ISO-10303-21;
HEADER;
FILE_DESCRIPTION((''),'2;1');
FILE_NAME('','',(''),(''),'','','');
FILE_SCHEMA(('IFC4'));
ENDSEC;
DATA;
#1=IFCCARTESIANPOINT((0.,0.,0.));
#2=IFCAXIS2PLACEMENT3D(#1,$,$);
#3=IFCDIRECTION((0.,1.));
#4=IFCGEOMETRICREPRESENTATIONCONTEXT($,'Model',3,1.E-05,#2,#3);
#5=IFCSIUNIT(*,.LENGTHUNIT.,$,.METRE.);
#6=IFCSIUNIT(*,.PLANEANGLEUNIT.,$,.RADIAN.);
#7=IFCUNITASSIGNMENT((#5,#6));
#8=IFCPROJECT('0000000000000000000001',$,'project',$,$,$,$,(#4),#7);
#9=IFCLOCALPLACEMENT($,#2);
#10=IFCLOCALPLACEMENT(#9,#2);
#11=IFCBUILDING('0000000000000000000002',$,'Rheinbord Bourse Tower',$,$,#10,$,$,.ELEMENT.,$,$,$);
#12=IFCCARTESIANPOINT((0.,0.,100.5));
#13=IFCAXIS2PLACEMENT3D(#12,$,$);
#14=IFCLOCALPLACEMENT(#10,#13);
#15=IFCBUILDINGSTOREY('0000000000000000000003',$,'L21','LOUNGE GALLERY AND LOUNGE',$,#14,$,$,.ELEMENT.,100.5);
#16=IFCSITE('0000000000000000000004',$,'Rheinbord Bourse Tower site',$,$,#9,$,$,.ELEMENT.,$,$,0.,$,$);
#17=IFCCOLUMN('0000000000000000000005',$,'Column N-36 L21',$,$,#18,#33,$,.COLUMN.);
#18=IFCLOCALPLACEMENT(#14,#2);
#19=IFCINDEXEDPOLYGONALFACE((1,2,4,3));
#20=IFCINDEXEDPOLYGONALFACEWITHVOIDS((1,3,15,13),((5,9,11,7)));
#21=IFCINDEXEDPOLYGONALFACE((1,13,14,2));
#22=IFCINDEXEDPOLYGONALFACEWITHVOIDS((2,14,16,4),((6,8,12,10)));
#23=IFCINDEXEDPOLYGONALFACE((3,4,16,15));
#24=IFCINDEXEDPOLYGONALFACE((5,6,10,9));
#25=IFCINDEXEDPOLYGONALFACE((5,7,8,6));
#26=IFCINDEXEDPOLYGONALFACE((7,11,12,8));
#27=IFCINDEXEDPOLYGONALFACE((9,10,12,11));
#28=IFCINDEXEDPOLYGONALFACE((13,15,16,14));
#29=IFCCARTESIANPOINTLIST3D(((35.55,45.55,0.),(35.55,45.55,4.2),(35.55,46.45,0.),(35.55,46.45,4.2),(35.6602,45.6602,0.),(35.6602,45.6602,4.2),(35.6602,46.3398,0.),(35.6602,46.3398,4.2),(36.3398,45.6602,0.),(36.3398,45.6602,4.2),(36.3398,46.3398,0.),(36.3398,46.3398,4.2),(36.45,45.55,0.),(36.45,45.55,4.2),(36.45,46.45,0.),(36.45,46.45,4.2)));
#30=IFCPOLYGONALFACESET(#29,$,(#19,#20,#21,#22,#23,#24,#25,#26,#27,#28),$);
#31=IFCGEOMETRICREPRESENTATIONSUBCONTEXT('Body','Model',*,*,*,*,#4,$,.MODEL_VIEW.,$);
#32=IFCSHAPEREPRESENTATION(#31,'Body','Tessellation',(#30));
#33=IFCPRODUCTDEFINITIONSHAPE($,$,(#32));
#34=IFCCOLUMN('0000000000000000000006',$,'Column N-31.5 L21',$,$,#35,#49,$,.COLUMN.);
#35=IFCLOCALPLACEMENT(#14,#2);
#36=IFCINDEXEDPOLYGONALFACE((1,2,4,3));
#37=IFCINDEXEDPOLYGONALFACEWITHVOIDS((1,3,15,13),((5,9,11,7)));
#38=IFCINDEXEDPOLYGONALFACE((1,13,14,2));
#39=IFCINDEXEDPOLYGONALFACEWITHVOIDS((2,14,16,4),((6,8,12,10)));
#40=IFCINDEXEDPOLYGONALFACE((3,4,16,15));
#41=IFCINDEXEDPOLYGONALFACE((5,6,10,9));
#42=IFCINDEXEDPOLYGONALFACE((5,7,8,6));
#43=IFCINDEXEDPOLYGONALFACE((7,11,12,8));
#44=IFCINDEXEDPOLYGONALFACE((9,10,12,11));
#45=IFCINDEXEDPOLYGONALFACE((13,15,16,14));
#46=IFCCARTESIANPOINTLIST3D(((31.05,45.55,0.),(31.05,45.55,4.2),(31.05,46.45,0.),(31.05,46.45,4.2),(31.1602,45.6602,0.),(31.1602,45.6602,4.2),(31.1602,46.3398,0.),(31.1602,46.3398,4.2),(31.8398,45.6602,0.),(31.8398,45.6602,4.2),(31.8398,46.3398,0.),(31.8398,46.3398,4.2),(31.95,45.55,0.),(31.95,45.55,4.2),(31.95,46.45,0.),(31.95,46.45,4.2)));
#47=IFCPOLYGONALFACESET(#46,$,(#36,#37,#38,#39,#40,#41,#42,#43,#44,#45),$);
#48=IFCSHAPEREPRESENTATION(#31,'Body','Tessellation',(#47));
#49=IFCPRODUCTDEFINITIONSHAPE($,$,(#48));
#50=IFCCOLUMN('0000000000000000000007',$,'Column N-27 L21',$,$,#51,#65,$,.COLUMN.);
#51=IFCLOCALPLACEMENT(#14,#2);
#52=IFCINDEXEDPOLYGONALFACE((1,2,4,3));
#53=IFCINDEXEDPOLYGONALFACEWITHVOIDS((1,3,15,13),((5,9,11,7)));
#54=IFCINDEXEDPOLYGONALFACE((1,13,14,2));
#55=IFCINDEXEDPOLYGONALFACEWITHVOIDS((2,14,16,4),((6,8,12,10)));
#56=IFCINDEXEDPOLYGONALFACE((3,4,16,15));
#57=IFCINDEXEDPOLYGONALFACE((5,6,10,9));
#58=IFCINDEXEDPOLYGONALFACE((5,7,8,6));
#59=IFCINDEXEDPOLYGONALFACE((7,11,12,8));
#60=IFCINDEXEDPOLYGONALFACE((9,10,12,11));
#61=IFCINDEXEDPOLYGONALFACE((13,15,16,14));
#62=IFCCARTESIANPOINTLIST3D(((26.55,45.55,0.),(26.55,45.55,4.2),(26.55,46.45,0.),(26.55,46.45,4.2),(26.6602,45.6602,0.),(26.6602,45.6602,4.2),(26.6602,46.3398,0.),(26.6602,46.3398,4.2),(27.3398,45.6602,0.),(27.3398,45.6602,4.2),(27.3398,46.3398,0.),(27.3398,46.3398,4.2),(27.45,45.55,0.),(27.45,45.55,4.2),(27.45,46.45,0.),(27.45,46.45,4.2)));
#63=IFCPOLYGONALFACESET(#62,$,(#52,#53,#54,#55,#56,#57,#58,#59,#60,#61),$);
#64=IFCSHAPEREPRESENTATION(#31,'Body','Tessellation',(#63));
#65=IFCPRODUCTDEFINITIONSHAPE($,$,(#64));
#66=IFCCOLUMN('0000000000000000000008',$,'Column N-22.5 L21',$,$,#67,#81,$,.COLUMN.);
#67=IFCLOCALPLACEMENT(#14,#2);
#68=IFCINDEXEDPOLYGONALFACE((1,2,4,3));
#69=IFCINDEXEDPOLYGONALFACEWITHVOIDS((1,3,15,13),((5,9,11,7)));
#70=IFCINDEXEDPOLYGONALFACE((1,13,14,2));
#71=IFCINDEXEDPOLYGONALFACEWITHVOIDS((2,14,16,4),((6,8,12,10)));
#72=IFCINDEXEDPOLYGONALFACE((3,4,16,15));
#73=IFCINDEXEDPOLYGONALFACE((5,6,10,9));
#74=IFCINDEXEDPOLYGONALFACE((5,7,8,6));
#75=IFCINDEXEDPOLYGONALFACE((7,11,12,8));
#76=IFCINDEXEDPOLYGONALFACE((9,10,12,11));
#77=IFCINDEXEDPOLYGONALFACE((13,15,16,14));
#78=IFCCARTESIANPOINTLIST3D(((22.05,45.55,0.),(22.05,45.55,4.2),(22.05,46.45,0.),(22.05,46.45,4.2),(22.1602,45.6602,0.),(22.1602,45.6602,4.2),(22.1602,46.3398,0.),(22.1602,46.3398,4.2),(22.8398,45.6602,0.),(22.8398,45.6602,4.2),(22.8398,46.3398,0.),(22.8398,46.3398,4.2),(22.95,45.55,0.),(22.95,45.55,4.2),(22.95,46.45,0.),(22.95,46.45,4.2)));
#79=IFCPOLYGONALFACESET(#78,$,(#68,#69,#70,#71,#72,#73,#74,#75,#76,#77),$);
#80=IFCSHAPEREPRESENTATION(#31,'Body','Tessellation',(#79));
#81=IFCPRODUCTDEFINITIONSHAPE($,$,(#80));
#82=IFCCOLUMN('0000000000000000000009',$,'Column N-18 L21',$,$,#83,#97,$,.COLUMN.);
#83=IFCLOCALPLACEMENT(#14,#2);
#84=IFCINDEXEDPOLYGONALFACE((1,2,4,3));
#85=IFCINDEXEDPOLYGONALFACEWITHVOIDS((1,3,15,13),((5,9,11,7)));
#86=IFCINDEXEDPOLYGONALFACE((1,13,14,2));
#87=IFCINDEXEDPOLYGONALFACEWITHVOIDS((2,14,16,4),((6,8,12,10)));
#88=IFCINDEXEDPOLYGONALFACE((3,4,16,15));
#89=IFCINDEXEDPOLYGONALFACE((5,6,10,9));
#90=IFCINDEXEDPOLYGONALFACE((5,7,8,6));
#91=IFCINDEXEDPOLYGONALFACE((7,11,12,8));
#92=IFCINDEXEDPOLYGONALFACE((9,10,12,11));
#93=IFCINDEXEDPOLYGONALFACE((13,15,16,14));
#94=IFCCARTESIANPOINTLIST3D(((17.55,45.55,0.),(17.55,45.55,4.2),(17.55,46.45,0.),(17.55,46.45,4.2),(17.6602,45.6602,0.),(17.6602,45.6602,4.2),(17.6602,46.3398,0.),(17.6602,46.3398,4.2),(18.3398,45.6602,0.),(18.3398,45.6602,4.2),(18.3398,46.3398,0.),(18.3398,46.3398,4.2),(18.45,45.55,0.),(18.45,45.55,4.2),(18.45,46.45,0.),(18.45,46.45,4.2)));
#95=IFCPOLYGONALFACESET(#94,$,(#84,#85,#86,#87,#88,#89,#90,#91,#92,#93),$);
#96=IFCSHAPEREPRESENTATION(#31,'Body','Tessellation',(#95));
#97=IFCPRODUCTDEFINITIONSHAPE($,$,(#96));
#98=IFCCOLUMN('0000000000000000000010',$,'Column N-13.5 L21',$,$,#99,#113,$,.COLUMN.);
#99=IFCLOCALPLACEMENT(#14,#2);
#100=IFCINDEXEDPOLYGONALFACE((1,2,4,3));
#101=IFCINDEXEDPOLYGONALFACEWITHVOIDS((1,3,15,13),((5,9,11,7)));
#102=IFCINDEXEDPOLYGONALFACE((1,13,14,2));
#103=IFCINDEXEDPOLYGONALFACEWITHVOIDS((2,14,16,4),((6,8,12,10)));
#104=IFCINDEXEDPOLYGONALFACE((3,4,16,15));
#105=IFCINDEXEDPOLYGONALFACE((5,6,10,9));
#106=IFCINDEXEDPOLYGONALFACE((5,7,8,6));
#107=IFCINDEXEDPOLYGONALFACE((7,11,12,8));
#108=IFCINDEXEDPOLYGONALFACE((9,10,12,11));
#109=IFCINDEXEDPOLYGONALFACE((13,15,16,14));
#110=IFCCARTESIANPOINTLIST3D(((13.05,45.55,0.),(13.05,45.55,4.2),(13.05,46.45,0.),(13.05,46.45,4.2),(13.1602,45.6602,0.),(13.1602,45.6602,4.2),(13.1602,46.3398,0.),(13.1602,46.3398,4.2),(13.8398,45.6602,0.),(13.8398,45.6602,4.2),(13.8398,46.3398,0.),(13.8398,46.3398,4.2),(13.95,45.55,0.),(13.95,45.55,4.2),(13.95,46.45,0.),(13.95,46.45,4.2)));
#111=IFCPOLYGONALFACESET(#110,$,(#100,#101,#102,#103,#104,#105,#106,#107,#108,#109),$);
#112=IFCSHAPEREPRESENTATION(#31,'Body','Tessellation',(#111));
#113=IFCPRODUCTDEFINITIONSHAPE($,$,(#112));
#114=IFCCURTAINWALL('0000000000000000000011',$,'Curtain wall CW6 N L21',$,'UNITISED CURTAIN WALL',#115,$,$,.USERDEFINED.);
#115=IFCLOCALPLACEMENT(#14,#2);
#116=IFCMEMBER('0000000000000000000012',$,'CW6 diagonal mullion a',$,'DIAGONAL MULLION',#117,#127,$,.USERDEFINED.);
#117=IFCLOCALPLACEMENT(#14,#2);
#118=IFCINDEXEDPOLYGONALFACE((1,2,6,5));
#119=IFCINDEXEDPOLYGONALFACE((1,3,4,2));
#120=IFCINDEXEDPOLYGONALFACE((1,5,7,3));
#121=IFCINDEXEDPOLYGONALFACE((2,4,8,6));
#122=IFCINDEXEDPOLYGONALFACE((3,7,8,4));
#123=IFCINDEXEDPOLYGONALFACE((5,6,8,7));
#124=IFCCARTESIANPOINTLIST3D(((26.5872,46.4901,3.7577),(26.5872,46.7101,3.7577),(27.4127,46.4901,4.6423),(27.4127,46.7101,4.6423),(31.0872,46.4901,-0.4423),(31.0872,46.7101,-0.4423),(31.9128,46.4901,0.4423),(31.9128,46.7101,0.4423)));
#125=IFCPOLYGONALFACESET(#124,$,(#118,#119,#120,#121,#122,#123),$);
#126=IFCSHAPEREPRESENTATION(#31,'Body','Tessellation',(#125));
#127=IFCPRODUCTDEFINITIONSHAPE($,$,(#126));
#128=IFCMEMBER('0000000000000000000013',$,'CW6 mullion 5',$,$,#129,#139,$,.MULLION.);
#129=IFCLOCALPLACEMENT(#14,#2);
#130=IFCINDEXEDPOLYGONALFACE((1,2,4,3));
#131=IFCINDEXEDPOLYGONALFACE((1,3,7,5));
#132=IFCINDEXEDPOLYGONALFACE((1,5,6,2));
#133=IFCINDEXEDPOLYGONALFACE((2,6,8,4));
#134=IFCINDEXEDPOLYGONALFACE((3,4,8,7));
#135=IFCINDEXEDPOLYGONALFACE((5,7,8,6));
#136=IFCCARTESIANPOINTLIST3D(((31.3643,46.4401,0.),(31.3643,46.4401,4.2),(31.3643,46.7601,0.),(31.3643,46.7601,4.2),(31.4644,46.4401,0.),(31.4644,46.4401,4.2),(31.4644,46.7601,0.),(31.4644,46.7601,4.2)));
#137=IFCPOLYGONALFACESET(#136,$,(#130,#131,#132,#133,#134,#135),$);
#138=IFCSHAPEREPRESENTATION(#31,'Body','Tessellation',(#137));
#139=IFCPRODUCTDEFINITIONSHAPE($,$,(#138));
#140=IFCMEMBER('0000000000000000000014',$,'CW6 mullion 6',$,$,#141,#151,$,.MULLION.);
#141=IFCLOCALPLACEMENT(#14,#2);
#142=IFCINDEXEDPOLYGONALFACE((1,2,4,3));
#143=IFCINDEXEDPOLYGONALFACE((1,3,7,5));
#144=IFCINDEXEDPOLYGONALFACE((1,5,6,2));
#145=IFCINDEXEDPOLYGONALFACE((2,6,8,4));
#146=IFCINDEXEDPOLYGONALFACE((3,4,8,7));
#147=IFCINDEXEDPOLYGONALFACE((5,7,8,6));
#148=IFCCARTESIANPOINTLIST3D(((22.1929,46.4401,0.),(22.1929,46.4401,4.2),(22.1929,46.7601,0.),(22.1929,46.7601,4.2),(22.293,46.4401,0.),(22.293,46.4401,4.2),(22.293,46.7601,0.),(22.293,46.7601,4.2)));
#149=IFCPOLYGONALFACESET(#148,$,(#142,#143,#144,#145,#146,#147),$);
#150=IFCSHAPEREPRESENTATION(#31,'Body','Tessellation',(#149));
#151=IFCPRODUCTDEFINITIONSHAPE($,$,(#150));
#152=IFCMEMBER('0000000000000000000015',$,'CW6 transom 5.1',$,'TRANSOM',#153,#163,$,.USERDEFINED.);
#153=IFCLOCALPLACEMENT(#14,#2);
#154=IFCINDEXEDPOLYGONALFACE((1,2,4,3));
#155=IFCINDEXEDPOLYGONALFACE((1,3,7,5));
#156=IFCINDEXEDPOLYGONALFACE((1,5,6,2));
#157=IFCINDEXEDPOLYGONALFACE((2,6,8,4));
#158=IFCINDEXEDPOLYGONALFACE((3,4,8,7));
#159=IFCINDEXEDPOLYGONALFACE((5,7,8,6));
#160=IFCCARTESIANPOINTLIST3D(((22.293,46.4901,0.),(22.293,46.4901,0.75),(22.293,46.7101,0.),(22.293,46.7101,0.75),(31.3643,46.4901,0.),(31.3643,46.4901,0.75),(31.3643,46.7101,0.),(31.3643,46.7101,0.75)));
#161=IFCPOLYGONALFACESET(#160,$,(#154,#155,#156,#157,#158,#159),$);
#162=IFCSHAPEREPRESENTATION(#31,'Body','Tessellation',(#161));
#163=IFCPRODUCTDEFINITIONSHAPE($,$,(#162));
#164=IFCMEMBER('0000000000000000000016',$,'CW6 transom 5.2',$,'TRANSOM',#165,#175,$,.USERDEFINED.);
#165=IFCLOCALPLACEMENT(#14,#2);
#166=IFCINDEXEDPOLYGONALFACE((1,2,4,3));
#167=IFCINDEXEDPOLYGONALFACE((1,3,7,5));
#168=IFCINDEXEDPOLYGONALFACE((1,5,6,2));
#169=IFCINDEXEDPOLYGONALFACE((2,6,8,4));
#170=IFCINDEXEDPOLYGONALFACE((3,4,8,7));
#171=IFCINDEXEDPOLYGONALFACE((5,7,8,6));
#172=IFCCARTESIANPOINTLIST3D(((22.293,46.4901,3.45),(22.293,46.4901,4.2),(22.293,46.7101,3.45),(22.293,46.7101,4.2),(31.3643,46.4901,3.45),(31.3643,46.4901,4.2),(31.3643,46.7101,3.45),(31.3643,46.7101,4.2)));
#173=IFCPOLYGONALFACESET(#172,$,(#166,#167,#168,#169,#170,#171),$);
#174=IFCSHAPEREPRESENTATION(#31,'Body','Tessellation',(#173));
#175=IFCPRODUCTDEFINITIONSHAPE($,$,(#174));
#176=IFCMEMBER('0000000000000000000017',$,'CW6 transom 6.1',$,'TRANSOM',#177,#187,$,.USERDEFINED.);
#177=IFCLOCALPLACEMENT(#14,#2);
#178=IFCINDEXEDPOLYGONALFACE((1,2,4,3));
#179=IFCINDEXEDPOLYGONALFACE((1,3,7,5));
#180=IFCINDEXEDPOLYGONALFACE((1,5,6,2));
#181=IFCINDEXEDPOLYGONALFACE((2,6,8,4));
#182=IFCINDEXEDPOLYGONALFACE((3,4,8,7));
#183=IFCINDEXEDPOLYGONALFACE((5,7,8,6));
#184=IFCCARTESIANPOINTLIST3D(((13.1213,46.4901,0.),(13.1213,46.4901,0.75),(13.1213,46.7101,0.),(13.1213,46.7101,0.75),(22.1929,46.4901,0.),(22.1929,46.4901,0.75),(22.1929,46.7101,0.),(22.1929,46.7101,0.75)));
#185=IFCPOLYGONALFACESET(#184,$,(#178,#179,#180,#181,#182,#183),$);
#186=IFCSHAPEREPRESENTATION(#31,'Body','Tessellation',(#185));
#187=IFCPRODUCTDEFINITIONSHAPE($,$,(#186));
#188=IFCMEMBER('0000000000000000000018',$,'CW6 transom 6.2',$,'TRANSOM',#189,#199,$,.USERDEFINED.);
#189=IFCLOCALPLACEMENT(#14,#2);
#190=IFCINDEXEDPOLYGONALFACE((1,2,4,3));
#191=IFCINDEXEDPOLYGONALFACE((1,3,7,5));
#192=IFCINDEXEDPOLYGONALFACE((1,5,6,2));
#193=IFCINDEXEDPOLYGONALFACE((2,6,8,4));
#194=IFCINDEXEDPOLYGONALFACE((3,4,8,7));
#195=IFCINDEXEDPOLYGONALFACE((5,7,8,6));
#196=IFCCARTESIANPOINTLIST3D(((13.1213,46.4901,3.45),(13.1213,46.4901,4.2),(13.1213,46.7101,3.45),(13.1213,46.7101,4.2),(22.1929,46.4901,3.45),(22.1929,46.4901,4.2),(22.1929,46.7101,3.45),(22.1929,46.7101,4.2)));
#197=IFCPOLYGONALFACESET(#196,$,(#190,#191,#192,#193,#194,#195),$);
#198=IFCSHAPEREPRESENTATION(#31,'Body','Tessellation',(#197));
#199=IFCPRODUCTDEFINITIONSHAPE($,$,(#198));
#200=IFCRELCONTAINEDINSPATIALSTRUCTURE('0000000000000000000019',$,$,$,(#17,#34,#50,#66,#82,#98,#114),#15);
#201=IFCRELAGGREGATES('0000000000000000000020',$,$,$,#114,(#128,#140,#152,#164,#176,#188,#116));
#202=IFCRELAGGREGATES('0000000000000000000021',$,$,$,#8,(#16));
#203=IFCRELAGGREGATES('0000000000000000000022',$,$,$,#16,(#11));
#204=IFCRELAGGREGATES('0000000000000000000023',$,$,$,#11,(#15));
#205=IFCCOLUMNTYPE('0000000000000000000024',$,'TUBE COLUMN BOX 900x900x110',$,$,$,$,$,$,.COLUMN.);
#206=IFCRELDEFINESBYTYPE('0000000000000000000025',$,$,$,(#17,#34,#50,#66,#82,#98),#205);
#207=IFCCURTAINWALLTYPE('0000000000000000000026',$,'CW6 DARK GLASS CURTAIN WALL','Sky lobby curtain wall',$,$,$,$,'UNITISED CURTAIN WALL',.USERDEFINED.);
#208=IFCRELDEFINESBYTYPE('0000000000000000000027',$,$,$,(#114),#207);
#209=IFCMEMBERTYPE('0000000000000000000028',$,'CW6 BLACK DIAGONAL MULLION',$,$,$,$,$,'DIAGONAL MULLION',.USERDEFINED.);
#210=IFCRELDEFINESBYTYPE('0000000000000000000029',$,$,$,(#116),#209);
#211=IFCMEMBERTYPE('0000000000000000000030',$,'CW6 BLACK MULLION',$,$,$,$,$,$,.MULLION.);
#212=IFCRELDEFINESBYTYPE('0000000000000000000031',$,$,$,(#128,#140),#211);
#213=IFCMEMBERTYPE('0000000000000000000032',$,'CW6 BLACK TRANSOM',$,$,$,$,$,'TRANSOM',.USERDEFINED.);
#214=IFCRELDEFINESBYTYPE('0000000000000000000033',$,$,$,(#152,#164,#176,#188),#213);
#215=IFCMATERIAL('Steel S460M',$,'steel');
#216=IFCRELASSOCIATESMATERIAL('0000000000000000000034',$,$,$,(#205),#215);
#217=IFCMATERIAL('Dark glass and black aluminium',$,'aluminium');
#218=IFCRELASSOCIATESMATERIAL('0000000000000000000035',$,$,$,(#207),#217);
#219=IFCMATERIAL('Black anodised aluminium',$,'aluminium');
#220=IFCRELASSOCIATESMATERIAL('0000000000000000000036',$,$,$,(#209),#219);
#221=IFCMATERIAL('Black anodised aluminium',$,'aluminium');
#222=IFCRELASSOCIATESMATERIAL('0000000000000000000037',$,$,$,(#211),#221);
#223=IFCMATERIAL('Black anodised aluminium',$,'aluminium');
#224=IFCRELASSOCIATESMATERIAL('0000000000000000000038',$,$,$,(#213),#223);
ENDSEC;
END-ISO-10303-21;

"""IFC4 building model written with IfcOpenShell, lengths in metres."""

from ifc_helpers import new_model, si_unit, direction, frame, origin, origin_2d, place, context, subcontext, project, spatial, rectangle, hollow_rectangle, extrude, material, material_profile, profile_set, type_object, element, aggregate, save


model = new_model("IFC4")

# Units and contexts
model_context = context("Model", 3, precision=1e-05, world=origin(), true_north=direction((0.0, 1.0)))
body_context = subcontext(model_context, "Body", "Model", "MODEL_VIEW")
ifc_project = project(units=[si_unit("LENGTHUNIT", "METRE"), si_unit("PLANEANGLEUNIT", "RADIAN")], contexts=[model_context])

# Site, building, storey
site_placement = place(None, origin())
site = spatial("IfcSite", under=ifc_project, at=site_placement, Name="Rheinbord Bourse Tower site", CompositionType="ELEMENT", RefElevation=0.0)
building_placement = place(site_placement, origin())
building = spatial("IfcBuilding", under=site, at=building_placement, Name="Rheinbord Bourse Tower", CompositionType="ELEMENT")
storey_placement = place(building_placement, frame((0.0, 0.0, 100.5)))
storey = spatial("IfcBuildingStorey", under=building, at=storey_placement, Name="L21", Description="LOUNGE GALLERY AND LOUNGE", CompositionType="ELEMENT", Elevation=100.5)

# Columns
ifc_material_1 = material(Name="Steel S460M", Category="steel")
ifc_material_profile_1 = material_profile(ifc_material_1, hollow_rectangle(XDim=0.8999, YDim=0.8999, WallThickness=0.1101, at=origin_2d()), Name="BOX 900x900x110")
ifc_profile_set_1 = profile_set([ifc_material_profile_1], Name="Steel S460M")
column_type = type_object("IfcColumnType", Name="TUBE COLUMN BOX 900x900x110", PredefinedType="COLUMN", material=ifc_profile_set_1)
for number, where, z_axis, x_axis, name in (
    (1, (36.0, 46.0, 0.0), (0.0, 0.0, 1.0), (0.0, 1.0, 0.0), "Column N-36 L21"),
    (2, (31.5, 46.0, 0.0), (0.0, 0.0, 1.0), (0.0, 1.0, 0.0), "Column N-31.5 L21"),
    (3, (27.0, 46.0, 0.0), (0.0, 0.0, 1.0), (0.0, 1.0, 0.0), "Column N-27 L21"),
    (4, (22.5, 46.0, 0.0), (0.0, 0.0, 1.0), (0.0, 1.0, 0.0), "Column N-22.5 L21"),
    (5, (18.0, 46.0, 0.0), (0.0, 0.0, 1.0), (0.0, 1.0, 0.0), "Column N-18 L21"),
    (6, (13.5, 46.0, 0.0), (0.0, 0.0, 1.0), (0.0, 1.0, 0.0), "Column N-13.5 L21"),
):
    element("IfcColumn", number, at=place(storey_placement, frame(where, z_axis=z_axis, x_axis=x_axis)), inside=storey, type_object=column_type, Name=name, PredefinedType="COLUMN", context=body_context, shape_type="SweptSolid", body=[
        extrude(hollow_rectangle(XDim=0.8999, YDim=0.8999, WallThickness=0.1101, at=origin_2d()), origin(), (0.0, 0.0, 1.0), 4.2),
    ])

# Curtain wall, members
ifc_material_2 = material(Name="Dark glass and black aluminium", Category="aluminium")
curtain_wall_type = type_object("IfcCurtainWallType", Name="CW6 DARK GLASS CURTAIN WALL", Description="Sky lobby curtain wall", ElementType="UNITISED CURTAIN WALL", PredefinedType="USERDEFINED", material=ifc_material_2)
curtain_wall_placement = place(storey_placement, origin())
curtain_wall = element("IfcCurtainWall", 7, at=curtain_wall_placement, inside=storey, type_object=curtain_wall_type, Name="Curtain wall CW6 N L21", ObjectType="UNITISED CURTAIN WALL", PredefinedType="USERDEFINED")
ifc_material_3 = material(Name="Black anodised aluminium", Category="aluminium")
ifc_material_profile_2 = material_profile(ifc_material_3, rectangle(XDim=0.22, YDim=1.21, at=origin_2d()), Name="CW6 DIAGONAL MULLION 1210x220")
ifc_profile_set_2 = profile_set([ifc_material_profile_2], Name="Black anodised aluminium")
member_type_1 = type_object("IfcMemberType", Name="CW6 BLACK DIAGONAL MULLION", ElementType="DIAGONAL MULLION", PredefinedType="USERDEFINED", material=ifc_profile_set_2)
member_1_placement = place(storey_placement, frame((31.5, 46.6001, 0.0), z_axis=(-0.731059, 0.0, 0.682314), x_axis=(0.0, -1.0, 0.0)))
member_1 = element("IfcMember", 8, at=member_1_placement, type_object=member_type_1, Name="CW6 diagonal mullion a", ObjectType="DIAGONAL MULLION", PredefinedType="USERDEFINED", context=body_context, shape_type="SweptSolid", body=[
    extrude(rectangle(XDim=0.22, YDim=1.21, at=origin_2d()), origin(), (0.0, 0.0, 1.0), 6.1555),
])
ifc_material_4 = material(Name="Black anodised aluminium", Category="aluminium")
ifc_material_profile_3 = material_profile(ifc_material_4, rectangle(XDim=0.3201, YDim=0.1001, at=origin_2d()), Name="CW6 MULLION 100x320")
ifc_profile_set_3 = profile_set([ifc_material_profile_3], Name="Black anodised aluminium")
member_type_2 = type_object("IfcMemberType", Name="CW6 BLACK MULLION", PredefinedType="MULLION", material=ifc_profile_set_3)
member_2_placement = place(storey_placement, frame((31.4143, 46.6001, 0.0), z_axis=(0.0, 0.0, 1.0), x_axis=(0.0, -1.0, 0.0)))
member_2 = element("IfcMember", 9, at=member_2_placement, type_object=member_type_2, Name="CW6 mullion 5", PredefinedType="MULLION", context=body_context, shape_type="SweptSolid", body=[
    extrude(rectangle(XDim=0.3201, YDim=0.1001, at=origin_2d()), origin(), (0.0, 0.0, 1.0), 4.2),
])
member_3_placement = place(storey_placement, frame((22.2429, 46.6001, 0.0), z_axis=(0.0, 0.0, 1.0), x_axis=(0.0, -1.0, 0.0)))
member_3 = element("IfcMember", 10, at=member_3_placement, type_object=member_type_2, Name="CW6 mullion 6", PredefinedType="MULLION", context=body_context, shape_type="SweptSolid", body=[
    extrude(rectangle(XDim=0.3201, YDim=0.1001, at=origin_2d()), origin(), (0.0, 0.0, 1.0), 4.2),
])
ifc_material_5 = material(Name="Black anodised aluminium", Category="aluminium")
ifc_material_profile_4 = material_profile(ifc_material_5, rectangle(XDim=0.22, YDim=0.75, at=origin_2d()), Name="CW6 TRANSOM 750x220")
ifc_profile_set_4 = profile_set([ifc_material_profile_4], Name="Black anodised aluminium")
member_type_3 = type_object("IfcMemberType", Name="CW6 BLACK TRANSOM", ElementType="TRANSOM", PredefinedType="USERDEFINED", material=ifc_profile_set_4)
member_4_placement = place(storey_placement, frame((31.3643, 46.6001, 0.375), z_axis=(-1.0, 0.0, 0.0), x_axis=(0.0, -1.0, 0.0)))
member_4 = element("IfcMember", 11, at=member_4_placement, type_object=member_type_3, Name="CW6 transom 5.1", ObjectType="TRANSOM", PredefinedType="USERDEFINED", context=body_context, shape_type="SweptSolid", body=[
    extrude(rectangle(XDim=0.22, YDim=0.75, at=origin_2d()), origin(), (0.0, 0.0, 1.0), 9.0713),
])
member_5_placement = place(storey_placement, frame((31.3643, 46.6001, 3.825), z_axis=(-1.0, 0.0, 0.0), x_axis=(0.0, -1.0, 0.0)))
member_5 = element("IfcMember", 12, at=member_5_placement, type_object=member_type_3, Name="CW6 transom 5.2", ObjectType="TRANSOM", PredefinedType="USERDEFINED", context=body_context, shape_type="SweptSolid", body=[
    extrude(rectangle(XDim=0.22, YDim=0.75, at=origin_2d()), origin(), (0.0, 0.0, 1.0), 9.0713),
])
member_6_placement = place(storey_placement, frame((22.1929, 46.6001, 0.375), z_axis=(-1.0, 0.0, 0.0), x_axis=(0.0, -1.0, 0.0)))
member_6 = element("IfcMember", 13, at=member_6_placement, type_object=member_type_3, Name="CW6 transom 6.1", ObjectType="TRANSOM", PredefinedType="USERDEFINED", context=body_context, shape_type="SweptSolid", body=[
    extrude(rectangle(XDim=0.22, YDim=0.75, at=origin_2d()), origin(), (0.0, 0.0, 1.0), 9.0715),
])
member_7_placement = place(storey_placement, frame((22.1929, 46.6001, 3.825), z_axis=(-1.0, 0.0, 0.0), x_axis=(0.0, -1.0, 0.0)))
member_7 = element("IfcMember", 14, at=member_7_placement, type_object=member_type_3, Name="CW6 transom 6.2", ObjectType="TRANSOM", PredefinedType="USERDEFINED", context=body_context, shape_type="SweptSolid", body=[
    extrude(rectangle(XDim=0.22, YDim=0.75, at=origin_2d()), origin(), (0.0, 0.0, 1.0), 9.0715),
])

aggregate(curtain_wall, [member_2, member_3, member_4, member_5, member_6, member_7, member_1])

save(model, "model.ifc")
